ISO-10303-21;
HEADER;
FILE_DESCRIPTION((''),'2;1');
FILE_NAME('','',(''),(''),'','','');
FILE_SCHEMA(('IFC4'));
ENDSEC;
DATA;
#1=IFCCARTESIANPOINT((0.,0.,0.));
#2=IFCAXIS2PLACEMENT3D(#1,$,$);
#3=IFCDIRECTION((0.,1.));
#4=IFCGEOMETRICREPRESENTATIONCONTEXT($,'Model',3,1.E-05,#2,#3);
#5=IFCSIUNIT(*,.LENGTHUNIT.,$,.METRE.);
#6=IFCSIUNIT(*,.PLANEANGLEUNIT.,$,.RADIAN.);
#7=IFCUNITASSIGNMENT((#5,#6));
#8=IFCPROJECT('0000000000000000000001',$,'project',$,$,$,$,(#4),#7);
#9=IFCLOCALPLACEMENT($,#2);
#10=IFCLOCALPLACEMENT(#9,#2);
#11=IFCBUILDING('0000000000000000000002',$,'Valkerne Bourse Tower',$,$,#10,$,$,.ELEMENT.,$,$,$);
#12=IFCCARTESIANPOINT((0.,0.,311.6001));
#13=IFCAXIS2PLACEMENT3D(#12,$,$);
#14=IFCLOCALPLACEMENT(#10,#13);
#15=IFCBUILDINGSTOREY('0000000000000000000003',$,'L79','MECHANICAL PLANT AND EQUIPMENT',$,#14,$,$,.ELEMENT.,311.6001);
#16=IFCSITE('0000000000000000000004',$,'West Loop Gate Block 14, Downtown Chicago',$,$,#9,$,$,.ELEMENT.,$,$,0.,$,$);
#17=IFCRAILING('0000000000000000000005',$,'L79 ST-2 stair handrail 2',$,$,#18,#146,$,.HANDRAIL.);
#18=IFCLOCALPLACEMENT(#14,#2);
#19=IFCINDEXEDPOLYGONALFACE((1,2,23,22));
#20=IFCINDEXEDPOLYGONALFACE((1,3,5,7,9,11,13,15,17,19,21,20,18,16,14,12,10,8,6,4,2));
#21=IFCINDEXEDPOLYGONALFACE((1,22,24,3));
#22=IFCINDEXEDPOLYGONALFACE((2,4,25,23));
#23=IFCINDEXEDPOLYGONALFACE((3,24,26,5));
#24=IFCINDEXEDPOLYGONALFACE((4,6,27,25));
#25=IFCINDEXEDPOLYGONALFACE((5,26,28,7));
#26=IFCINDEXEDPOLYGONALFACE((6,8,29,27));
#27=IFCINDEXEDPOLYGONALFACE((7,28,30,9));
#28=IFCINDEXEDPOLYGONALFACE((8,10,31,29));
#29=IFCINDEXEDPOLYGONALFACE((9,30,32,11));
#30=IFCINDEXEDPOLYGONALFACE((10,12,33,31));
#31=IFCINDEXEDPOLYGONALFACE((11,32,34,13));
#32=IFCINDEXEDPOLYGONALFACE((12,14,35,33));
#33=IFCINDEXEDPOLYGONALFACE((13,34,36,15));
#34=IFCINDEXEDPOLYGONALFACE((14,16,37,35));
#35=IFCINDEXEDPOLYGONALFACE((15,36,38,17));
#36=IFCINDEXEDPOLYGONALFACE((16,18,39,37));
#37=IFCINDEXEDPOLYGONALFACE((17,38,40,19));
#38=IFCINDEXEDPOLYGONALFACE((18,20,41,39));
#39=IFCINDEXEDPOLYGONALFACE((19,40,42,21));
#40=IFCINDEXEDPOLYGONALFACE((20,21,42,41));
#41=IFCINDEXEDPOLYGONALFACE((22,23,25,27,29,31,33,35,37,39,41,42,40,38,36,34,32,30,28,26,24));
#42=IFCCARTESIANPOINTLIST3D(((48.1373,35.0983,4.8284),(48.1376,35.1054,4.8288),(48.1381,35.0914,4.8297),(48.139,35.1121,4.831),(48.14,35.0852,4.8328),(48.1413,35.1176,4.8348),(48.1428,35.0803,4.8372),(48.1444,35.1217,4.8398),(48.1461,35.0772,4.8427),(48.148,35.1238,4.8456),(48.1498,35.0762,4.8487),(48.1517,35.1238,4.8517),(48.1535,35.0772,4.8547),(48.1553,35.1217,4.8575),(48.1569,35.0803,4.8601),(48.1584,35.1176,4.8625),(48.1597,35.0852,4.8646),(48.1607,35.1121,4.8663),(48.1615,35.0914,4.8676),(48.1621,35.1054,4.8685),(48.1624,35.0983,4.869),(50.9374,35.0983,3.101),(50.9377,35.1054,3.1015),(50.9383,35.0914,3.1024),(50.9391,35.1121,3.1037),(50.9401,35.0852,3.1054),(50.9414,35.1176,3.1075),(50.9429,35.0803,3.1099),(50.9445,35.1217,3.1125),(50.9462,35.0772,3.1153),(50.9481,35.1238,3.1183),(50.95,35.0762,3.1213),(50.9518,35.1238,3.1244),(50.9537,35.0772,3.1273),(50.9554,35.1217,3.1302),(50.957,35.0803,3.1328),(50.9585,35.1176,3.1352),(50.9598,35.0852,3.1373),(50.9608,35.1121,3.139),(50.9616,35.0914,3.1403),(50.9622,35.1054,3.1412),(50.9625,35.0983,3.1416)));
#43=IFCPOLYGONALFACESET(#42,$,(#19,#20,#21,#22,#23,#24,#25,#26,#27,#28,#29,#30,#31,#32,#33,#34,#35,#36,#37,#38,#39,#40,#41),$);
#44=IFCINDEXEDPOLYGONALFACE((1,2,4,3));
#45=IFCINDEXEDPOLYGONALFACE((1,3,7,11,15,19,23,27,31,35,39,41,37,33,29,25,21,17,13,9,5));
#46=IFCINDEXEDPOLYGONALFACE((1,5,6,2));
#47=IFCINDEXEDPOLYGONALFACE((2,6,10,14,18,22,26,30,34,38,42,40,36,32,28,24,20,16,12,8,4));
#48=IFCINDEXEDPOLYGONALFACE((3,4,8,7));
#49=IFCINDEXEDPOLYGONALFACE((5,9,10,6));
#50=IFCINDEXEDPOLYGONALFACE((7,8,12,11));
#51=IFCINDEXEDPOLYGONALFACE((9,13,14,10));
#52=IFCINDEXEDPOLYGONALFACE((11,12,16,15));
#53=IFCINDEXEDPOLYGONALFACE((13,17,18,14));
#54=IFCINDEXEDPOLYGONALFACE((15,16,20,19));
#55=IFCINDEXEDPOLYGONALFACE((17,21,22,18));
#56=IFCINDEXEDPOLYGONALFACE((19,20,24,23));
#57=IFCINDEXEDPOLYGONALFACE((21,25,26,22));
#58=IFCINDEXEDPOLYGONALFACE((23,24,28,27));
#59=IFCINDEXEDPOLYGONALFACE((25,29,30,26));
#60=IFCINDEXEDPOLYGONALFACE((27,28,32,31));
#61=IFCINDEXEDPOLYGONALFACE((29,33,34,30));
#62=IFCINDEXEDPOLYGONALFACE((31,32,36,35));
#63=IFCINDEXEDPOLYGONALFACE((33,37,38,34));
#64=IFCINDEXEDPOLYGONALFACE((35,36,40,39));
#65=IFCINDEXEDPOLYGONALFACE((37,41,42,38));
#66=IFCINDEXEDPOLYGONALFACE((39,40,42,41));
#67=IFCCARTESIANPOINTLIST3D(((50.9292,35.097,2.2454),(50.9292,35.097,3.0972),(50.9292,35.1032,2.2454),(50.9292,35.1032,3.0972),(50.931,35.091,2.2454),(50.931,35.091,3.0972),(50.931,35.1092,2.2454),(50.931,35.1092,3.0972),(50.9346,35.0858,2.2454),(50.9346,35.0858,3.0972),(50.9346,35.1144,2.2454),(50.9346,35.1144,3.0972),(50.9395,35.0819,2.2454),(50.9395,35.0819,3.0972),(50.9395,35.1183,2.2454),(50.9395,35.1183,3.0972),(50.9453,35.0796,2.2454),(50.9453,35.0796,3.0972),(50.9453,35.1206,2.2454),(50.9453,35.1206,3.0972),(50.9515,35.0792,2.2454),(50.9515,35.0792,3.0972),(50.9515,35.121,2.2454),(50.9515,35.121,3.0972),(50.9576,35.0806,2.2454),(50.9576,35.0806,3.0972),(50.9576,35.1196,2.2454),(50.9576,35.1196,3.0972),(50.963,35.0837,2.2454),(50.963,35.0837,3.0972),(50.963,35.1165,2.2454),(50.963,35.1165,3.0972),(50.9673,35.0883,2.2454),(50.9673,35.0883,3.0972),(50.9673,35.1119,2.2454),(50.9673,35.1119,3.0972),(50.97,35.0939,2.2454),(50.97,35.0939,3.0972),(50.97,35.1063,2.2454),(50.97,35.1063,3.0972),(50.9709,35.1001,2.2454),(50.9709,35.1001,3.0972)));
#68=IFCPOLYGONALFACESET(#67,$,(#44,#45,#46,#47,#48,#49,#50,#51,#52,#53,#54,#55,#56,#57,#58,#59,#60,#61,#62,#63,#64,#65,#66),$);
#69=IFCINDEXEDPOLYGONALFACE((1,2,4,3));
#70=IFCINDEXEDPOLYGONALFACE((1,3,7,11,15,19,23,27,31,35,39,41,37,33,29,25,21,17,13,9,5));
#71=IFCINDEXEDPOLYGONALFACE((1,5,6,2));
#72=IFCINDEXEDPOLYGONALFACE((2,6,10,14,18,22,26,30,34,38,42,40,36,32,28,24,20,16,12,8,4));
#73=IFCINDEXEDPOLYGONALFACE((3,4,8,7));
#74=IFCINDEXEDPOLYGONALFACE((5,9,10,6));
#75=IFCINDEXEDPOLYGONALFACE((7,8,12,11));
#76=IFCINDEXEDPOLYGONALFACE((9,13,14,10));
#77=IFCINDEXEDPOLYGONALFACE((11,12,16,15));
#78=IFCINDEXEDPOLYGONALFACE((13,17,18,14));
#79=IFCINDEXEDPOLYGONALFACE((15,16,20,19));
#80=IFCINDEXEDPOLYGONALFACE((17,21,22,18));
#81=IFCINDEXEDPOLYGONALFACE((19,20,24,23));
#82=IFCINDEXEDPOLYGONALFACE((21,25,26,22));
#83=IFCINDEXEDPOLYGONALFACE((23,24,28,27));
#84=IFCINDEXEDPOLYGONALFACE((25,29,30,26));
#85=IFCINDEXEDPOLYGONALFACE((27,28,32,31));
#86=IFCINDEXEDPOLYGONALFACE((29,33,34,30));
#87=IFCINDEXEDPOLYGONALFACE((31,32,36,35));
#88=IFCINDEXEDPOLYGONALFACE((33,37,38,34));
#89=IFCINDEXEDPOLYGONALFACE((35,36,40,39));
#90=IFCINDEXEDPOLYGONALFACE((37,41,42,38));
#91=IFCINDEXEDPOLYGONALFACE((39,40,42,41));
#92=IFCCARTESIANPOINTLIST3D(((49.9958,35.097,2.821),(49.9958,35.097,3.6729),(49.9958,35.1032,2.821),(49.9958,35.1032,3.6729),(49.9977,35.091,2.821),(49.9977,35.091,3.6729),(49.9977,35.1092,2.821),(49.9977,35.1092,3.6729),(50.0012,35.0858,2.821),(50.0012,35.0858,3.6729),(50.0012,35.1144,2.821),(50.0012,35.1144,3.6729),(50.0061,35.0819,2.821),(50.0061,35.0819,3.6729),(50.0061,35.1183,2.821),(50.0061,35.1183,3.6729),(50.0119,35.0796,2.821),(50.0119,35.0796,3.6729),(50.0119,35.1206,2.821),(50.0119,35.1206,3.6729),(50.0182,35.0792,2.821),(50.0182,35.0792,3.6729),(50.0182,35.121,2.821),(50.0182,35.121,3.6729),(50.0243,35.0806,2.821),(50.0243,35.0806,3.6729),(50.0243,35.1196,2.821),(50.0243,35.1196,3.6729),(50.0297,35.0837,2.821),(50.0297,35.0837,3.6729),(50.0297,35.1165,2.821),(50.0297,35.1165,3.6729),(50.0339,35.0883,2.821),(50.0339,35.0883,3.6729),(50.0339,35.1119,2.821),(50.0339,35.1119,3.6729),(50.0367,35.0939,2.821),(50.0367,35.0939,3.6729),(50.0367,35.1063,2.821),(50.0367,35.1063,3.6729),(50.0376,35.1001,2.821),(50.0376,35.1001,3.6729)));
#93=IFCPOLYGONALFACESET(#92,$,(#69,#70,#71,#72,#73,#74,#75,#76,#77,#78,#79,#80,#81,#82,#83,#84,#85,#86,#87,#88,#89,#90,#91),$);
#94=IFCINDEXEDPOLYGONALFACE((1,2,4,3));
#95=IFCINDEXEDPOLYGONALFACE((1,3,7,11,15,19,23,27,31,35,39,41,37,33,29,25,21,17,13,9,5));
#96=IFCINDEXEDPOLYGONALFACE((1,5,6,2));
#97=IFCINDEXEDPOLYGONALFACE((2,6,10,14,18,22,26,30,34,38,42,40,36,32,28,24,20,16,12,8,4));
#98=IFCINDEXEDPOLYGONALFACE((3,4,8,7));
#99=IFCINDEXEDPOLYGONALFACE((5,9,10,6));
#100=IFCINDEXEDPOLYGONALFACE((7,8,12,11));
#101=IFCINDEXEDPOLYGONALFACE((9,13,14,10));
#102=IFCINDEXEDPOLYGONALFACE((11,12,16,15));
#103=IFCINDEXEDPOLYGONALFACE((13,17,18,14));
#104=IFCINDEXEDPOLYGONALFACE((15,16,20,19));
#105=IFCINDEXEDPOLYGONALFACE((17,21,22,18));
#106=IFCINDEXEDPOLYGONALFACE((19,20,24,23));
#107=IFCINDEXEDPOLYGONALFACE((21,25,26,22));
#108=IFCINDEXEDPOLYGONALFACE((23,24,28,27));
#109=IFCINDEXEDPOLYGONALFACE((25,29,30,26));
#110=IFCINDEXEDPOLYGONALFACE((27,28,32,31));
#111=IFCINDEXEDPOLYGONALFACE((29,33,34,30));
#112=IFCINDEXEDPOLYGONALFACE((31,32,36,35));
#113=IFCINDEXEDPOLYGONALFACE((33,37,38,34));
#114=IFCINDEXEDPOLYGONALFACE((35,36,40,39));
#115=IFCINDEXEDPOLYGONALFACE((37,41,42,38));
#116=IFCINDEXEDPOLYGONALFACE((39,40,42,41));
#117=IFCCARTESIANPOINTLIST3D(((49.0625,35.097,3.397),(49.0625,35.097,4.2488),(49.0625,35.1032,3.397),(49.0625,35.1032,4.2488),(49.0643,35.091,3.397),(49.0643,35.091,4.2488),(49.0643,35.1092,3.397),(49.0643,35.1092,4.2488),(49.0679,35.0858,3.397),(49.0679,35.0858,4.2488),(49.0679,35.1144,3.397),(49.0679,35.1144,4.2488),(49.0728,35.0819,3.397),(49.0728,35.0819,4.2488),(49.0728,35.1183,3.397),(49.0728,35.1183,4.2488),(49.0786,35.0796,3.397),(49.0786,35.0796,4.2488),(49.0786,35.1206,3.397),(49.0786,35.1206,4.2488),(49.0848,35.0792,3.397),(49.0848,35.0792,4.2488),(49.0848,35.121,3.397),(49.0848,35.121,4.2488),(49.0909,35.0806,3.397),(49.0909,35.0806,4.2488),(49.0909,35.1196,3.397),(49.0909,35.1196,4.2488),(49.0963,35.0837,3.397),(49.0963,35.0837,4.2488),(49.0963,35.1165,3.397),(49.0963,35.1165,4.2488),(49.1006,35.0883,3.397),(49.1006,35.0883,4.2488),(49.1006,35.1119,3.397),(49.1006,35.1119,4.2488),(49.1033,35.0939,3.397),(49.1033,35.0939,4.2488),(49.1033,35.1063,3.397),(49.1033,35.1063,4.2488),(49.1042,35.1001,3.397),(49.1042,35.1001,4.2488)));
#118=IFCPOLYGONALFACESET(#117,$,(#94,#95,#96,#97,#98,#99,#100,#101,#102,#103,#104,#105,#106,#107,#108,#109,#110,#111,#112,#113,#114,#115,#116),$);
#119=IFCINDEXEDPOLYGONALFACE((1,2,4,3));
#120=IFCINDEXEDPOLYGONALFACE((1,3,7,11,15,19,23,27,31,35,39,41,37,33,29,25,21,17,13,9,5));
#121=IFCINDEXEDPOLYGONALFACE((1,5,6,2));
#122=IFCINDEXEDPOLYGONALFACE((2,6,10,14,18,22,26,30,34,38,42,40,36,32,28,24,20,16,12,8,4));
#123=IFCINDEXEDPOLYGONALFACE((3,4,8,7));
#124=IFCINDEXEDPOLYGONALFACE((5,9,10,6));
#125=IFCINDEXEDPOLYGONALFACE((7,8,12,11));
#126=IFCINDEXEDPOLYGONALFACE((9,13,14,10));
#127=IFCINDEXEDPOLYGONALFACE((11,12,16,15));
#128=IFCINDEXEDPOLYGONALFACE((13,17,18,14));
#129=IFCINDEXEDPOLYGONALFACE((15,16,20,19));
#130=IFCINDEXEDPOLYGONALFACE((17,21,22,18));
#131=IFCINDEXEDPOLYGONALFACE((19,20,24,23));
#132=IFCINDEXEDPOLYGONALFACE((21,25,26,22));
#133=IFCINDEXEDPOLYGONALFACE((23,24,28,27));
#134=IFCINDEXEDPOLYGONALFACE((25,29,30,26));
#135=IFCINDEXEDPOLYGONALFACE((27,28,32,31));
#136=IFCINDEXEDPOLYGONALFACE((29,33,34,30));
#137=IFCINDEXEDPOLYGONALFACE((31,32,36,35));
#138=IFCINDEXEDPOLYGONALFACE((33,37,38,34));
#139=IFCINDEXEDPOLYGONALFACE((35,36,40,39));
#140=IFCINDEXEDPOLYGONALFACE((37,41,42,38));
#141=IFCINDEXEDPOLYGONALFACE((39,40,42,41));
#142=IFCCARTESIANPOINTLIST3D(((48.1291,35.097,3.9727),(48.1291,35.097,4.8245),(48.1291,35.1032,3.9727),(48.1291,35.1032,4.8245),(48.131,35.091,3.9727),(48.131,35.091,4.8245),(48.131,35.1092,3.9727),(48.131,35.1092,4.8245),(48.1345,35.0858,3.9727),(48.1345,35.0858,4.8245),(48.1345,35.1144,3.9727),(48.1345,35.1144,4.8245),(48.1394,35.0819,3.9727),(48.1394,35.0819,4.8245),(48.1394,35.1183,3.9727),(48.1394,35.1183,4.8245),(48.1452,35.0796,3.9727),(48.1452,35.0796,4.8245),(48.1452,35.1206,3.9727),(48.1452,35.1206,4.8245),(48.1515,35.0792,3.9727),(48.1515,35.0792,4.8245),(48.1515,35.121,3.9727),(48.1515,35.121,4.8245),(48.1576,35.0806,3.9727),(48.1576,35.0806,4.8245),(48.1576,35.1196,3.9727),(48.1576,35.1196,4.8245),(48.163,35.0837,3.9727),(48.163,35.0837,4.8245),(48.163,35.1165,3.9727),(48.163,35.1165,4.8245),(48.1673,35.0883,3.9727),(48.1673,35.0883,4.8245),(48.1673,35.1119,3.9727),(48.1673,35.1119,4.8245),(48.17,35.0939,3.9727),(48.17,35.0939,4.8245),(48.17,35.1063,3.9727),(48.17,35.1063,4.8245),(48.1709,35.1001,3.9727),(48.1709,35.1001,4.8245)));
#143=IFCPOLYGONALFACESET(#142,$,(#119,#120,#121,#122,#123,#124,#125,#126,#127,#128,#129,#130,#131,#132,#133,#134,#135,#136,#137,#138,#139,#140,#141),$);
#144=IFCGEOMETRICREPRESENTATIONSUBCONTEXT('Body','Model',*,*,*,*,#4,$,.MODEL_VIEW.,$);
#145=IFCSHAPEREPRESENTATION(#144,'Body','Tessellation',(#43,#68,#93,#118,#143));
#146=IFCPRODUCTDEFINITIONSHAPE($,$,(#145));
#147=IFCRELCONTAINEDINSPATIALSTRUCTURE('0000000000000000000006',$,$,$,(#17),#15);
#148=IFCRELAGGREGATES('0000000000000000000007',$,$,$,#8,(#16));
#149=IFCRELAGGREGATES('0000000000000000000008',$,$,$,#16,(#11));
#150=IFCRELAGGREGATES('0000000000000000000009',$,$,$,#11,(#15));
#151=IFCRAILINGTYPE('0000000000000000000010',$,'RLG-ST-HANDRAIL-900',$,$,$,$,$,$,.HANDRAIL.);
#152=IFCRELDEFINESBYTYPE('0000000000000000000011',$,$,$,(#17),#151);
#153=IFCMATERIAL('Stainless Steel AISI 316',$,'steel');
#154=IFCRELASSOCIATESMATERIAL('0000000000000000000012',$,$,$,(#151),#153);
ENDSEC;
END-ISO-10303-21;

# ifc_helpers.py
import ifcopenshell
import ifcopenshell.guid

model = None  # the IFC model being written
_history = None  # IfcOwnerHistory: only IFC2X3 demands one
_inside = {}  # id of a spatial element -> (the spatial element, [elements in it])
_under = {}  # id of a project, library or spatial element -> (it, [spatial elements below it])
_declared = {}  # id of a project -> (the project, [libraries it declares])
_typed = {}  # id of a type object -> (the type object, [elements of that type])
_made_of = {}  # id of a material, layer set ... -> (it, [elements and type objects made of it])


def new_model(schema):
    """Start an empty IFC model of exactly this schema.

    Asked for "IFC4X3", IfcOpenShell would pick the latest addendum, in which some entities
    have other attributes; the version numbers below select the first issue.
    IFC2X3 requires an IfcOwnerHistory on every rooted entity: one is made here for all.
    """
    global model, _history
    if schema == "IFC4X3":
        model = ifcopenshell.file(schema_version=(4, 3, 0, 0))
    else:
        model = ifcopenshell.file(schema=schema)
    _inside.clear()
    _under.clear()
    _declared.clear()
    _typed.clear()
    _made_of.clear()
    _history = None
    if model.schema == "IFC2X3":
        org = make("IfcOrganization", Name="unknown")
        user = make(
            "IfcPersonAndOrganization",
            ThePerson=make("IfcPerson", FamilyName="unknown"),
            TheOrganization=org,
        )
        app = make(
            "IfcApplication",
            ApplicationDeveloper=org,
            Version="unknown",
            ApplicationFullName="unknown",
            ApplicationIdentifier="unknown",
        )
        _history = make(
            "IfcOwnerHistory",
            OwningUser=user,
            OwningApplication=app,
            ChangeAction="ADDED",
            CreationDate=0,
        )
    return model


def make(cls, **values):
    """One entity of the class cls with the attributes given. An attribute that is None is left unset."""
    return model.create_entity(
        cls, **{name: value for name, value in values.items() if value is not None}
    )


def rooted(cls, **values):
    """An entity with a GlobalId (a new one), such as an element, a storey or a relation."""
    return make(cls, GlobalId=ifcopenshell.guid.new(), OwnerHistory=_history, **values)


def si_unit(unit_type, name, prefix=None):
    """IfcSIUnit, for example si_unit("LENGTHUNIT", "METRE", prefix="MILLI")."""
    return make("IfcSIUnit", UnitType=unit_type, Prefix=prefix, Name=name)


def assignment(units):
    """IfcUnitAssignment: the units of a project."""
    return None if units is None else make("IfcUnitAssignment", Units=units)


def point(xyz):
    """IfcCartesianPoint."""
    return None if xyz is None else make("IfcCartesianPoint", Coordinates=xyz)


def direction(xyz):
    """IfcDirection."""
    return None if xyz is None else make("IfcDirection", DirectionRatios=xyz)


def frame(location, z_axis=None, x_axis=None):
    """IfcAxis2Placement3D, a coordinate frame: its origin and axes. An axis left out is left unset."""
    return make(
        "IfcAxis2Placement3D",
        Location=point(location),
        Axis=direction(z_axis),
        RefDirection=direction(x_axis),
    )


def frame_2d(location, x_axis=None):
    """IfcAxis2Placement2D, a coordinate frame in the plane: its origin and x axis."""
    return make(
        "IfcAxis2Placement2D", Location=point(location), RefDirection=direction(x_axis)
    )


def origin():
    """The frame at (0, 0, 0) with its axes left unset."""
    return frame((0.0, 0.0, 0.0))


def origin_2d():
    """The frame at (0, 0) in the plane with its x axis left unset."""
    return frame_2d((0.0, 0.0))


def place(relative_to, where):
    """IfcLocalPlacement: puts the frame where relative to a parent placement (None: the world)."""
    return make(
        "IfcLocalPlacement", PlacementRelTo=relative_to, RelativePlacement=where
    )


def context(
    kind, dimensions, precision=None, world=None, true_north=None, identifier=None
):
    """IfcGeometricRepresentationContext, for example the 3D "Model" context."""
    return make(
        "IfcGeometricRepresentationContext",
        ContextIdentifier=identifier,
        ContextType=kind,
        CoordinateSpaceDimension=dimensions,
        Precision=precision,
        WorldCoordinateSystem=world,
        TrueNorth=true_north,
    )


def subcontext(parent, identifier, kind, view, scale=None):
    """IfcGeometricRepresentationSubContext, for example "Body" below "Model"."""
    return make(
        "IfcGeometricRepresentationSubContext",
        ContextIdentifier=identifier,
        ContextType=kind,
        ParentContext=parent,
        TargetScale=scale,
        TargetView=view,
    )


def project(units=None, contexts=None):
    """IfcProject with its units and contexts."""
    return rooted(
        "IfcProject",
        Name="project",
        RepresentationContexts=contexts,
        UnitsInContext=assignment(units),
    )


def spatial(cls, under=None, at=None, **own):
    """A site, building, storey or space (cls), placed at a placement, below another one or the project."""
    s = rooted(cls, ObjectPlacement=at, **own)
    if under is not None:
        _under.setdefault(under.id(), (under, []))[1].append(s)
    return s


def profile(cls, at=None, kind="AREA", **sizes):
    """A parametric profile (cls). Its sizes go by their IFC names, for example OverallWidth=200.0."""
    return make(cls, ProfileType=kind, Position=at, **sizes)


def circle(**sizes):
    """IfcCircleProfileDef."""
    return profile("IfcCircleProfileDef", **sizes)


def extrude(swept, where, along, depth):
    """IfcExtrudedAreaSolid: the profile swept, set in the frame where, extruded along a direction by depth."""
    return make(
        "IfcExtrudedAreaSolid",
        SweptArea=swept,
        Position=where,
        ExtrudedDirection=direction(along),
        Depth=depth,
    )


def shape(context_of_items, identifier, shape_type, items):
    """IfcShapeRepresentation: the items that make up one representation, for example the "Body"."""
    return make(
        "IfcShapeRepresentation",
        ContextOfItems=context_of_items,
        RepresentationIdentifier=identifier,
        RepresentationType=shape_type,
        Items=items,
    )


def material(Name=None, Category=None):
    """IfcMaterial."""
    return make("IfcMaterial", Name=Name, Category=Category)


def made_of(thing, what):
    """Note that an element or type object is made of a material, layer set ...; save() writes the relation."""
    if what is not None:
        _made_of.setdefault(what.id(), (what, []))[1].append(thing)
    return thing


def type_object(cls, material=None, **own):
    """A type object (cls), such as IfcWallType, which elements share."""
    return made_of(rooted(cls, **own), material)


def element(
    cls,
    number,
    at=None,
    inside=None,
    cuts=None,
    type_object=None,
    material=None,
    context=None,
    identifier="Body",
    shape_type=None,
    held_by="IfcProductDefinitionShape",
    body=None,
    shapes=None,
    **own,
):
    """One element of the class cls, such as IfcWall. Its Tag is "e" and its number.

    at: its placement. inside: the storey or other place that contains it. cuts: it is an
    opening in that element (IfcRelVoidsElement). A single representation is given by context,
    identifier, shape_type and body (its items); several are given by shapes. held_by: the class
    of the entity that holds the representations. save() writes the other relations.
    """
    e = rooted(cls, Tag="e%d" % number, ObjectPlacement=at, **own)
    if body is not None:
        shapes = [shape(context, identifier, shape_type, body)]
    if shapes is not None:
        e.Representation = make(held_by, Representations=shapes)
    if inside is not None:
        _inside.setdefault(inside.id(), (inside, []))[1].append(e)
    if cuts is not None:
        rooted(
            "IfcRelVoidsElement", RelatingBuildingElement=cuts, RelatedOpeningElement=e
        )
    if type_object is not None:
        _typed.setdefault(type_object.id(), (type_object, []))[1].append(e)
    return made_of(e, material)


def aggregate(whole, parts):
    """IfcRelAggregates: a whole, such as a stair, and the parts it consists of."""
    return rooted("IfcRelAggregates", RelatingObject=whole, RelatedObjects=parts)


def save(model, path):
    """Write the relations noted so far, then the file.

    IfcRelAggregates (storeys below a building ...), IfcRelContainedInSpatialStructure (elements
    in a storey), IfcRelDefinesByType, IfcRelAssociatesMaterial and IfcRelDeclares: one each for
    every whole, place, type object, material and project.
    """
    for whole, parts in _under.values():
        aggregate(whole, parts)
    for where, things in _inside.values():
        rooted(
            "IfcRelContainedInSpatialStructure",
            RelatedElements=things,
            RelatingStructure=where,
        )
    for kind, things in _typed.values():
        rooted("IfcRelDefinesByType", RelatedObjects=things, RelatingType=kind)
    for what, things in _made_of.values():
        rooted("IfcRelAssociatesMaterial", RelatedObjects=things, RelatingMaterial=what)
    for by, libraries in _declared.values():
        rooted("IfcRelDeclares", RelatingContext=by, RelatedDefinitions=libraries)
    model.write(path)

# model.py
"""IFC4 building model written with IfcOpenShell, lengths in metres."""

from ifc_helpers import new_model, si_unit, direction, frame, origin, origin_2d, place, context, subcontext, project, spatial, circle, extrude, material, type_object, element, save


model = new_model("IFC4")

# Units and contexts
model_context = context("Model", 3, precision=1e-05, world=origin(), true_north=direction((0.0, 1.0)))
body_context = subcontext(model_context, "Body", "Model", "MODEL_VIEW")
ifc_project = project(units=[si_unit("LENGTHUNIT", "METRE"), si_unit("PLANEANGLEUNIT", "RADIAN")], contexts=[model_context])

# Site, building, storey
site_placement = place(None, origin())
site = spatial("IfcSite", under=ifc_project, at=site_placement, Name="West Loop Gate Block 14, Downtown Chicago", CompositionType="ELEMENT", RefElevation=0.0)
building_placement = place(site_placement, origin())
building = spatial("IfcBuilding", under=site, at=building_placement, Name="Valkerne Bourse Tower", CompositionType="ELEMENT")
storey_placement = place(building_placement, frame((0.0, 0.0, 311.6001)))
storey = spatial("IfcBuildingStorey", under=building, at=storey_placement, Name="L79", Description="MECHANICAL PLANT AND EQUIPMENT", CompositionType="ELEMENT", Elevation=311.6001)

# Railing
ifc_material_1 = material(Name="Stainless Steel AISI 316", Category="steel")
railing_type_1 = type_object("IfcRailingType", Name="RLG-ST-HANDRAIL-900", PredefinedType="HANDRAIL", material=ifc_material_1)
railing_1_placement = place(storey_placement, frame((50.95, 35.1001, 2.2454)))
element("IfcRailing", 1, at=railing_1_placement, inside=storey, type_object=railing_type_1, Name="L79 ST-2 stair handrail 2", PredefinedType="HANDRAIL", context=body_context, shape_type="SweptSolid", body=[
    extrude(circle(Radius=0.0239, at=origin_2d()), frame((0.0, 0.0, 0.876), z_axis=(-0.85109, 0.0, 0.52502), x_axis=(0.0, -1.0, 0.0)), (0.0, 0.0, 1.0), 3.29),
    extrude(circle(Radius=0.021, at=origin_2d()), origin(), (0.0, 0.0, 1.0), 0.8518),
    extrude(circle(Radius=0.021, at=origin_2d()), frame((-0.9333, 0.0, 0.5757)), (0.0, 0.0, 1.0), 0.8518),
    extrude(circle(Radius=0.021, at=origin_2d()), frame((-1.8667, 0.0, 1.1516)), (0.0, 0.0, 1.0), 0.8518),
    extrude(circle(Radius=0.021, at=origin_2d()), frame((-2.8, 0.0, 1.7273)), (0.0, 0.0, 1.0), 0.8518),
])

save(model, "model.ifc")
